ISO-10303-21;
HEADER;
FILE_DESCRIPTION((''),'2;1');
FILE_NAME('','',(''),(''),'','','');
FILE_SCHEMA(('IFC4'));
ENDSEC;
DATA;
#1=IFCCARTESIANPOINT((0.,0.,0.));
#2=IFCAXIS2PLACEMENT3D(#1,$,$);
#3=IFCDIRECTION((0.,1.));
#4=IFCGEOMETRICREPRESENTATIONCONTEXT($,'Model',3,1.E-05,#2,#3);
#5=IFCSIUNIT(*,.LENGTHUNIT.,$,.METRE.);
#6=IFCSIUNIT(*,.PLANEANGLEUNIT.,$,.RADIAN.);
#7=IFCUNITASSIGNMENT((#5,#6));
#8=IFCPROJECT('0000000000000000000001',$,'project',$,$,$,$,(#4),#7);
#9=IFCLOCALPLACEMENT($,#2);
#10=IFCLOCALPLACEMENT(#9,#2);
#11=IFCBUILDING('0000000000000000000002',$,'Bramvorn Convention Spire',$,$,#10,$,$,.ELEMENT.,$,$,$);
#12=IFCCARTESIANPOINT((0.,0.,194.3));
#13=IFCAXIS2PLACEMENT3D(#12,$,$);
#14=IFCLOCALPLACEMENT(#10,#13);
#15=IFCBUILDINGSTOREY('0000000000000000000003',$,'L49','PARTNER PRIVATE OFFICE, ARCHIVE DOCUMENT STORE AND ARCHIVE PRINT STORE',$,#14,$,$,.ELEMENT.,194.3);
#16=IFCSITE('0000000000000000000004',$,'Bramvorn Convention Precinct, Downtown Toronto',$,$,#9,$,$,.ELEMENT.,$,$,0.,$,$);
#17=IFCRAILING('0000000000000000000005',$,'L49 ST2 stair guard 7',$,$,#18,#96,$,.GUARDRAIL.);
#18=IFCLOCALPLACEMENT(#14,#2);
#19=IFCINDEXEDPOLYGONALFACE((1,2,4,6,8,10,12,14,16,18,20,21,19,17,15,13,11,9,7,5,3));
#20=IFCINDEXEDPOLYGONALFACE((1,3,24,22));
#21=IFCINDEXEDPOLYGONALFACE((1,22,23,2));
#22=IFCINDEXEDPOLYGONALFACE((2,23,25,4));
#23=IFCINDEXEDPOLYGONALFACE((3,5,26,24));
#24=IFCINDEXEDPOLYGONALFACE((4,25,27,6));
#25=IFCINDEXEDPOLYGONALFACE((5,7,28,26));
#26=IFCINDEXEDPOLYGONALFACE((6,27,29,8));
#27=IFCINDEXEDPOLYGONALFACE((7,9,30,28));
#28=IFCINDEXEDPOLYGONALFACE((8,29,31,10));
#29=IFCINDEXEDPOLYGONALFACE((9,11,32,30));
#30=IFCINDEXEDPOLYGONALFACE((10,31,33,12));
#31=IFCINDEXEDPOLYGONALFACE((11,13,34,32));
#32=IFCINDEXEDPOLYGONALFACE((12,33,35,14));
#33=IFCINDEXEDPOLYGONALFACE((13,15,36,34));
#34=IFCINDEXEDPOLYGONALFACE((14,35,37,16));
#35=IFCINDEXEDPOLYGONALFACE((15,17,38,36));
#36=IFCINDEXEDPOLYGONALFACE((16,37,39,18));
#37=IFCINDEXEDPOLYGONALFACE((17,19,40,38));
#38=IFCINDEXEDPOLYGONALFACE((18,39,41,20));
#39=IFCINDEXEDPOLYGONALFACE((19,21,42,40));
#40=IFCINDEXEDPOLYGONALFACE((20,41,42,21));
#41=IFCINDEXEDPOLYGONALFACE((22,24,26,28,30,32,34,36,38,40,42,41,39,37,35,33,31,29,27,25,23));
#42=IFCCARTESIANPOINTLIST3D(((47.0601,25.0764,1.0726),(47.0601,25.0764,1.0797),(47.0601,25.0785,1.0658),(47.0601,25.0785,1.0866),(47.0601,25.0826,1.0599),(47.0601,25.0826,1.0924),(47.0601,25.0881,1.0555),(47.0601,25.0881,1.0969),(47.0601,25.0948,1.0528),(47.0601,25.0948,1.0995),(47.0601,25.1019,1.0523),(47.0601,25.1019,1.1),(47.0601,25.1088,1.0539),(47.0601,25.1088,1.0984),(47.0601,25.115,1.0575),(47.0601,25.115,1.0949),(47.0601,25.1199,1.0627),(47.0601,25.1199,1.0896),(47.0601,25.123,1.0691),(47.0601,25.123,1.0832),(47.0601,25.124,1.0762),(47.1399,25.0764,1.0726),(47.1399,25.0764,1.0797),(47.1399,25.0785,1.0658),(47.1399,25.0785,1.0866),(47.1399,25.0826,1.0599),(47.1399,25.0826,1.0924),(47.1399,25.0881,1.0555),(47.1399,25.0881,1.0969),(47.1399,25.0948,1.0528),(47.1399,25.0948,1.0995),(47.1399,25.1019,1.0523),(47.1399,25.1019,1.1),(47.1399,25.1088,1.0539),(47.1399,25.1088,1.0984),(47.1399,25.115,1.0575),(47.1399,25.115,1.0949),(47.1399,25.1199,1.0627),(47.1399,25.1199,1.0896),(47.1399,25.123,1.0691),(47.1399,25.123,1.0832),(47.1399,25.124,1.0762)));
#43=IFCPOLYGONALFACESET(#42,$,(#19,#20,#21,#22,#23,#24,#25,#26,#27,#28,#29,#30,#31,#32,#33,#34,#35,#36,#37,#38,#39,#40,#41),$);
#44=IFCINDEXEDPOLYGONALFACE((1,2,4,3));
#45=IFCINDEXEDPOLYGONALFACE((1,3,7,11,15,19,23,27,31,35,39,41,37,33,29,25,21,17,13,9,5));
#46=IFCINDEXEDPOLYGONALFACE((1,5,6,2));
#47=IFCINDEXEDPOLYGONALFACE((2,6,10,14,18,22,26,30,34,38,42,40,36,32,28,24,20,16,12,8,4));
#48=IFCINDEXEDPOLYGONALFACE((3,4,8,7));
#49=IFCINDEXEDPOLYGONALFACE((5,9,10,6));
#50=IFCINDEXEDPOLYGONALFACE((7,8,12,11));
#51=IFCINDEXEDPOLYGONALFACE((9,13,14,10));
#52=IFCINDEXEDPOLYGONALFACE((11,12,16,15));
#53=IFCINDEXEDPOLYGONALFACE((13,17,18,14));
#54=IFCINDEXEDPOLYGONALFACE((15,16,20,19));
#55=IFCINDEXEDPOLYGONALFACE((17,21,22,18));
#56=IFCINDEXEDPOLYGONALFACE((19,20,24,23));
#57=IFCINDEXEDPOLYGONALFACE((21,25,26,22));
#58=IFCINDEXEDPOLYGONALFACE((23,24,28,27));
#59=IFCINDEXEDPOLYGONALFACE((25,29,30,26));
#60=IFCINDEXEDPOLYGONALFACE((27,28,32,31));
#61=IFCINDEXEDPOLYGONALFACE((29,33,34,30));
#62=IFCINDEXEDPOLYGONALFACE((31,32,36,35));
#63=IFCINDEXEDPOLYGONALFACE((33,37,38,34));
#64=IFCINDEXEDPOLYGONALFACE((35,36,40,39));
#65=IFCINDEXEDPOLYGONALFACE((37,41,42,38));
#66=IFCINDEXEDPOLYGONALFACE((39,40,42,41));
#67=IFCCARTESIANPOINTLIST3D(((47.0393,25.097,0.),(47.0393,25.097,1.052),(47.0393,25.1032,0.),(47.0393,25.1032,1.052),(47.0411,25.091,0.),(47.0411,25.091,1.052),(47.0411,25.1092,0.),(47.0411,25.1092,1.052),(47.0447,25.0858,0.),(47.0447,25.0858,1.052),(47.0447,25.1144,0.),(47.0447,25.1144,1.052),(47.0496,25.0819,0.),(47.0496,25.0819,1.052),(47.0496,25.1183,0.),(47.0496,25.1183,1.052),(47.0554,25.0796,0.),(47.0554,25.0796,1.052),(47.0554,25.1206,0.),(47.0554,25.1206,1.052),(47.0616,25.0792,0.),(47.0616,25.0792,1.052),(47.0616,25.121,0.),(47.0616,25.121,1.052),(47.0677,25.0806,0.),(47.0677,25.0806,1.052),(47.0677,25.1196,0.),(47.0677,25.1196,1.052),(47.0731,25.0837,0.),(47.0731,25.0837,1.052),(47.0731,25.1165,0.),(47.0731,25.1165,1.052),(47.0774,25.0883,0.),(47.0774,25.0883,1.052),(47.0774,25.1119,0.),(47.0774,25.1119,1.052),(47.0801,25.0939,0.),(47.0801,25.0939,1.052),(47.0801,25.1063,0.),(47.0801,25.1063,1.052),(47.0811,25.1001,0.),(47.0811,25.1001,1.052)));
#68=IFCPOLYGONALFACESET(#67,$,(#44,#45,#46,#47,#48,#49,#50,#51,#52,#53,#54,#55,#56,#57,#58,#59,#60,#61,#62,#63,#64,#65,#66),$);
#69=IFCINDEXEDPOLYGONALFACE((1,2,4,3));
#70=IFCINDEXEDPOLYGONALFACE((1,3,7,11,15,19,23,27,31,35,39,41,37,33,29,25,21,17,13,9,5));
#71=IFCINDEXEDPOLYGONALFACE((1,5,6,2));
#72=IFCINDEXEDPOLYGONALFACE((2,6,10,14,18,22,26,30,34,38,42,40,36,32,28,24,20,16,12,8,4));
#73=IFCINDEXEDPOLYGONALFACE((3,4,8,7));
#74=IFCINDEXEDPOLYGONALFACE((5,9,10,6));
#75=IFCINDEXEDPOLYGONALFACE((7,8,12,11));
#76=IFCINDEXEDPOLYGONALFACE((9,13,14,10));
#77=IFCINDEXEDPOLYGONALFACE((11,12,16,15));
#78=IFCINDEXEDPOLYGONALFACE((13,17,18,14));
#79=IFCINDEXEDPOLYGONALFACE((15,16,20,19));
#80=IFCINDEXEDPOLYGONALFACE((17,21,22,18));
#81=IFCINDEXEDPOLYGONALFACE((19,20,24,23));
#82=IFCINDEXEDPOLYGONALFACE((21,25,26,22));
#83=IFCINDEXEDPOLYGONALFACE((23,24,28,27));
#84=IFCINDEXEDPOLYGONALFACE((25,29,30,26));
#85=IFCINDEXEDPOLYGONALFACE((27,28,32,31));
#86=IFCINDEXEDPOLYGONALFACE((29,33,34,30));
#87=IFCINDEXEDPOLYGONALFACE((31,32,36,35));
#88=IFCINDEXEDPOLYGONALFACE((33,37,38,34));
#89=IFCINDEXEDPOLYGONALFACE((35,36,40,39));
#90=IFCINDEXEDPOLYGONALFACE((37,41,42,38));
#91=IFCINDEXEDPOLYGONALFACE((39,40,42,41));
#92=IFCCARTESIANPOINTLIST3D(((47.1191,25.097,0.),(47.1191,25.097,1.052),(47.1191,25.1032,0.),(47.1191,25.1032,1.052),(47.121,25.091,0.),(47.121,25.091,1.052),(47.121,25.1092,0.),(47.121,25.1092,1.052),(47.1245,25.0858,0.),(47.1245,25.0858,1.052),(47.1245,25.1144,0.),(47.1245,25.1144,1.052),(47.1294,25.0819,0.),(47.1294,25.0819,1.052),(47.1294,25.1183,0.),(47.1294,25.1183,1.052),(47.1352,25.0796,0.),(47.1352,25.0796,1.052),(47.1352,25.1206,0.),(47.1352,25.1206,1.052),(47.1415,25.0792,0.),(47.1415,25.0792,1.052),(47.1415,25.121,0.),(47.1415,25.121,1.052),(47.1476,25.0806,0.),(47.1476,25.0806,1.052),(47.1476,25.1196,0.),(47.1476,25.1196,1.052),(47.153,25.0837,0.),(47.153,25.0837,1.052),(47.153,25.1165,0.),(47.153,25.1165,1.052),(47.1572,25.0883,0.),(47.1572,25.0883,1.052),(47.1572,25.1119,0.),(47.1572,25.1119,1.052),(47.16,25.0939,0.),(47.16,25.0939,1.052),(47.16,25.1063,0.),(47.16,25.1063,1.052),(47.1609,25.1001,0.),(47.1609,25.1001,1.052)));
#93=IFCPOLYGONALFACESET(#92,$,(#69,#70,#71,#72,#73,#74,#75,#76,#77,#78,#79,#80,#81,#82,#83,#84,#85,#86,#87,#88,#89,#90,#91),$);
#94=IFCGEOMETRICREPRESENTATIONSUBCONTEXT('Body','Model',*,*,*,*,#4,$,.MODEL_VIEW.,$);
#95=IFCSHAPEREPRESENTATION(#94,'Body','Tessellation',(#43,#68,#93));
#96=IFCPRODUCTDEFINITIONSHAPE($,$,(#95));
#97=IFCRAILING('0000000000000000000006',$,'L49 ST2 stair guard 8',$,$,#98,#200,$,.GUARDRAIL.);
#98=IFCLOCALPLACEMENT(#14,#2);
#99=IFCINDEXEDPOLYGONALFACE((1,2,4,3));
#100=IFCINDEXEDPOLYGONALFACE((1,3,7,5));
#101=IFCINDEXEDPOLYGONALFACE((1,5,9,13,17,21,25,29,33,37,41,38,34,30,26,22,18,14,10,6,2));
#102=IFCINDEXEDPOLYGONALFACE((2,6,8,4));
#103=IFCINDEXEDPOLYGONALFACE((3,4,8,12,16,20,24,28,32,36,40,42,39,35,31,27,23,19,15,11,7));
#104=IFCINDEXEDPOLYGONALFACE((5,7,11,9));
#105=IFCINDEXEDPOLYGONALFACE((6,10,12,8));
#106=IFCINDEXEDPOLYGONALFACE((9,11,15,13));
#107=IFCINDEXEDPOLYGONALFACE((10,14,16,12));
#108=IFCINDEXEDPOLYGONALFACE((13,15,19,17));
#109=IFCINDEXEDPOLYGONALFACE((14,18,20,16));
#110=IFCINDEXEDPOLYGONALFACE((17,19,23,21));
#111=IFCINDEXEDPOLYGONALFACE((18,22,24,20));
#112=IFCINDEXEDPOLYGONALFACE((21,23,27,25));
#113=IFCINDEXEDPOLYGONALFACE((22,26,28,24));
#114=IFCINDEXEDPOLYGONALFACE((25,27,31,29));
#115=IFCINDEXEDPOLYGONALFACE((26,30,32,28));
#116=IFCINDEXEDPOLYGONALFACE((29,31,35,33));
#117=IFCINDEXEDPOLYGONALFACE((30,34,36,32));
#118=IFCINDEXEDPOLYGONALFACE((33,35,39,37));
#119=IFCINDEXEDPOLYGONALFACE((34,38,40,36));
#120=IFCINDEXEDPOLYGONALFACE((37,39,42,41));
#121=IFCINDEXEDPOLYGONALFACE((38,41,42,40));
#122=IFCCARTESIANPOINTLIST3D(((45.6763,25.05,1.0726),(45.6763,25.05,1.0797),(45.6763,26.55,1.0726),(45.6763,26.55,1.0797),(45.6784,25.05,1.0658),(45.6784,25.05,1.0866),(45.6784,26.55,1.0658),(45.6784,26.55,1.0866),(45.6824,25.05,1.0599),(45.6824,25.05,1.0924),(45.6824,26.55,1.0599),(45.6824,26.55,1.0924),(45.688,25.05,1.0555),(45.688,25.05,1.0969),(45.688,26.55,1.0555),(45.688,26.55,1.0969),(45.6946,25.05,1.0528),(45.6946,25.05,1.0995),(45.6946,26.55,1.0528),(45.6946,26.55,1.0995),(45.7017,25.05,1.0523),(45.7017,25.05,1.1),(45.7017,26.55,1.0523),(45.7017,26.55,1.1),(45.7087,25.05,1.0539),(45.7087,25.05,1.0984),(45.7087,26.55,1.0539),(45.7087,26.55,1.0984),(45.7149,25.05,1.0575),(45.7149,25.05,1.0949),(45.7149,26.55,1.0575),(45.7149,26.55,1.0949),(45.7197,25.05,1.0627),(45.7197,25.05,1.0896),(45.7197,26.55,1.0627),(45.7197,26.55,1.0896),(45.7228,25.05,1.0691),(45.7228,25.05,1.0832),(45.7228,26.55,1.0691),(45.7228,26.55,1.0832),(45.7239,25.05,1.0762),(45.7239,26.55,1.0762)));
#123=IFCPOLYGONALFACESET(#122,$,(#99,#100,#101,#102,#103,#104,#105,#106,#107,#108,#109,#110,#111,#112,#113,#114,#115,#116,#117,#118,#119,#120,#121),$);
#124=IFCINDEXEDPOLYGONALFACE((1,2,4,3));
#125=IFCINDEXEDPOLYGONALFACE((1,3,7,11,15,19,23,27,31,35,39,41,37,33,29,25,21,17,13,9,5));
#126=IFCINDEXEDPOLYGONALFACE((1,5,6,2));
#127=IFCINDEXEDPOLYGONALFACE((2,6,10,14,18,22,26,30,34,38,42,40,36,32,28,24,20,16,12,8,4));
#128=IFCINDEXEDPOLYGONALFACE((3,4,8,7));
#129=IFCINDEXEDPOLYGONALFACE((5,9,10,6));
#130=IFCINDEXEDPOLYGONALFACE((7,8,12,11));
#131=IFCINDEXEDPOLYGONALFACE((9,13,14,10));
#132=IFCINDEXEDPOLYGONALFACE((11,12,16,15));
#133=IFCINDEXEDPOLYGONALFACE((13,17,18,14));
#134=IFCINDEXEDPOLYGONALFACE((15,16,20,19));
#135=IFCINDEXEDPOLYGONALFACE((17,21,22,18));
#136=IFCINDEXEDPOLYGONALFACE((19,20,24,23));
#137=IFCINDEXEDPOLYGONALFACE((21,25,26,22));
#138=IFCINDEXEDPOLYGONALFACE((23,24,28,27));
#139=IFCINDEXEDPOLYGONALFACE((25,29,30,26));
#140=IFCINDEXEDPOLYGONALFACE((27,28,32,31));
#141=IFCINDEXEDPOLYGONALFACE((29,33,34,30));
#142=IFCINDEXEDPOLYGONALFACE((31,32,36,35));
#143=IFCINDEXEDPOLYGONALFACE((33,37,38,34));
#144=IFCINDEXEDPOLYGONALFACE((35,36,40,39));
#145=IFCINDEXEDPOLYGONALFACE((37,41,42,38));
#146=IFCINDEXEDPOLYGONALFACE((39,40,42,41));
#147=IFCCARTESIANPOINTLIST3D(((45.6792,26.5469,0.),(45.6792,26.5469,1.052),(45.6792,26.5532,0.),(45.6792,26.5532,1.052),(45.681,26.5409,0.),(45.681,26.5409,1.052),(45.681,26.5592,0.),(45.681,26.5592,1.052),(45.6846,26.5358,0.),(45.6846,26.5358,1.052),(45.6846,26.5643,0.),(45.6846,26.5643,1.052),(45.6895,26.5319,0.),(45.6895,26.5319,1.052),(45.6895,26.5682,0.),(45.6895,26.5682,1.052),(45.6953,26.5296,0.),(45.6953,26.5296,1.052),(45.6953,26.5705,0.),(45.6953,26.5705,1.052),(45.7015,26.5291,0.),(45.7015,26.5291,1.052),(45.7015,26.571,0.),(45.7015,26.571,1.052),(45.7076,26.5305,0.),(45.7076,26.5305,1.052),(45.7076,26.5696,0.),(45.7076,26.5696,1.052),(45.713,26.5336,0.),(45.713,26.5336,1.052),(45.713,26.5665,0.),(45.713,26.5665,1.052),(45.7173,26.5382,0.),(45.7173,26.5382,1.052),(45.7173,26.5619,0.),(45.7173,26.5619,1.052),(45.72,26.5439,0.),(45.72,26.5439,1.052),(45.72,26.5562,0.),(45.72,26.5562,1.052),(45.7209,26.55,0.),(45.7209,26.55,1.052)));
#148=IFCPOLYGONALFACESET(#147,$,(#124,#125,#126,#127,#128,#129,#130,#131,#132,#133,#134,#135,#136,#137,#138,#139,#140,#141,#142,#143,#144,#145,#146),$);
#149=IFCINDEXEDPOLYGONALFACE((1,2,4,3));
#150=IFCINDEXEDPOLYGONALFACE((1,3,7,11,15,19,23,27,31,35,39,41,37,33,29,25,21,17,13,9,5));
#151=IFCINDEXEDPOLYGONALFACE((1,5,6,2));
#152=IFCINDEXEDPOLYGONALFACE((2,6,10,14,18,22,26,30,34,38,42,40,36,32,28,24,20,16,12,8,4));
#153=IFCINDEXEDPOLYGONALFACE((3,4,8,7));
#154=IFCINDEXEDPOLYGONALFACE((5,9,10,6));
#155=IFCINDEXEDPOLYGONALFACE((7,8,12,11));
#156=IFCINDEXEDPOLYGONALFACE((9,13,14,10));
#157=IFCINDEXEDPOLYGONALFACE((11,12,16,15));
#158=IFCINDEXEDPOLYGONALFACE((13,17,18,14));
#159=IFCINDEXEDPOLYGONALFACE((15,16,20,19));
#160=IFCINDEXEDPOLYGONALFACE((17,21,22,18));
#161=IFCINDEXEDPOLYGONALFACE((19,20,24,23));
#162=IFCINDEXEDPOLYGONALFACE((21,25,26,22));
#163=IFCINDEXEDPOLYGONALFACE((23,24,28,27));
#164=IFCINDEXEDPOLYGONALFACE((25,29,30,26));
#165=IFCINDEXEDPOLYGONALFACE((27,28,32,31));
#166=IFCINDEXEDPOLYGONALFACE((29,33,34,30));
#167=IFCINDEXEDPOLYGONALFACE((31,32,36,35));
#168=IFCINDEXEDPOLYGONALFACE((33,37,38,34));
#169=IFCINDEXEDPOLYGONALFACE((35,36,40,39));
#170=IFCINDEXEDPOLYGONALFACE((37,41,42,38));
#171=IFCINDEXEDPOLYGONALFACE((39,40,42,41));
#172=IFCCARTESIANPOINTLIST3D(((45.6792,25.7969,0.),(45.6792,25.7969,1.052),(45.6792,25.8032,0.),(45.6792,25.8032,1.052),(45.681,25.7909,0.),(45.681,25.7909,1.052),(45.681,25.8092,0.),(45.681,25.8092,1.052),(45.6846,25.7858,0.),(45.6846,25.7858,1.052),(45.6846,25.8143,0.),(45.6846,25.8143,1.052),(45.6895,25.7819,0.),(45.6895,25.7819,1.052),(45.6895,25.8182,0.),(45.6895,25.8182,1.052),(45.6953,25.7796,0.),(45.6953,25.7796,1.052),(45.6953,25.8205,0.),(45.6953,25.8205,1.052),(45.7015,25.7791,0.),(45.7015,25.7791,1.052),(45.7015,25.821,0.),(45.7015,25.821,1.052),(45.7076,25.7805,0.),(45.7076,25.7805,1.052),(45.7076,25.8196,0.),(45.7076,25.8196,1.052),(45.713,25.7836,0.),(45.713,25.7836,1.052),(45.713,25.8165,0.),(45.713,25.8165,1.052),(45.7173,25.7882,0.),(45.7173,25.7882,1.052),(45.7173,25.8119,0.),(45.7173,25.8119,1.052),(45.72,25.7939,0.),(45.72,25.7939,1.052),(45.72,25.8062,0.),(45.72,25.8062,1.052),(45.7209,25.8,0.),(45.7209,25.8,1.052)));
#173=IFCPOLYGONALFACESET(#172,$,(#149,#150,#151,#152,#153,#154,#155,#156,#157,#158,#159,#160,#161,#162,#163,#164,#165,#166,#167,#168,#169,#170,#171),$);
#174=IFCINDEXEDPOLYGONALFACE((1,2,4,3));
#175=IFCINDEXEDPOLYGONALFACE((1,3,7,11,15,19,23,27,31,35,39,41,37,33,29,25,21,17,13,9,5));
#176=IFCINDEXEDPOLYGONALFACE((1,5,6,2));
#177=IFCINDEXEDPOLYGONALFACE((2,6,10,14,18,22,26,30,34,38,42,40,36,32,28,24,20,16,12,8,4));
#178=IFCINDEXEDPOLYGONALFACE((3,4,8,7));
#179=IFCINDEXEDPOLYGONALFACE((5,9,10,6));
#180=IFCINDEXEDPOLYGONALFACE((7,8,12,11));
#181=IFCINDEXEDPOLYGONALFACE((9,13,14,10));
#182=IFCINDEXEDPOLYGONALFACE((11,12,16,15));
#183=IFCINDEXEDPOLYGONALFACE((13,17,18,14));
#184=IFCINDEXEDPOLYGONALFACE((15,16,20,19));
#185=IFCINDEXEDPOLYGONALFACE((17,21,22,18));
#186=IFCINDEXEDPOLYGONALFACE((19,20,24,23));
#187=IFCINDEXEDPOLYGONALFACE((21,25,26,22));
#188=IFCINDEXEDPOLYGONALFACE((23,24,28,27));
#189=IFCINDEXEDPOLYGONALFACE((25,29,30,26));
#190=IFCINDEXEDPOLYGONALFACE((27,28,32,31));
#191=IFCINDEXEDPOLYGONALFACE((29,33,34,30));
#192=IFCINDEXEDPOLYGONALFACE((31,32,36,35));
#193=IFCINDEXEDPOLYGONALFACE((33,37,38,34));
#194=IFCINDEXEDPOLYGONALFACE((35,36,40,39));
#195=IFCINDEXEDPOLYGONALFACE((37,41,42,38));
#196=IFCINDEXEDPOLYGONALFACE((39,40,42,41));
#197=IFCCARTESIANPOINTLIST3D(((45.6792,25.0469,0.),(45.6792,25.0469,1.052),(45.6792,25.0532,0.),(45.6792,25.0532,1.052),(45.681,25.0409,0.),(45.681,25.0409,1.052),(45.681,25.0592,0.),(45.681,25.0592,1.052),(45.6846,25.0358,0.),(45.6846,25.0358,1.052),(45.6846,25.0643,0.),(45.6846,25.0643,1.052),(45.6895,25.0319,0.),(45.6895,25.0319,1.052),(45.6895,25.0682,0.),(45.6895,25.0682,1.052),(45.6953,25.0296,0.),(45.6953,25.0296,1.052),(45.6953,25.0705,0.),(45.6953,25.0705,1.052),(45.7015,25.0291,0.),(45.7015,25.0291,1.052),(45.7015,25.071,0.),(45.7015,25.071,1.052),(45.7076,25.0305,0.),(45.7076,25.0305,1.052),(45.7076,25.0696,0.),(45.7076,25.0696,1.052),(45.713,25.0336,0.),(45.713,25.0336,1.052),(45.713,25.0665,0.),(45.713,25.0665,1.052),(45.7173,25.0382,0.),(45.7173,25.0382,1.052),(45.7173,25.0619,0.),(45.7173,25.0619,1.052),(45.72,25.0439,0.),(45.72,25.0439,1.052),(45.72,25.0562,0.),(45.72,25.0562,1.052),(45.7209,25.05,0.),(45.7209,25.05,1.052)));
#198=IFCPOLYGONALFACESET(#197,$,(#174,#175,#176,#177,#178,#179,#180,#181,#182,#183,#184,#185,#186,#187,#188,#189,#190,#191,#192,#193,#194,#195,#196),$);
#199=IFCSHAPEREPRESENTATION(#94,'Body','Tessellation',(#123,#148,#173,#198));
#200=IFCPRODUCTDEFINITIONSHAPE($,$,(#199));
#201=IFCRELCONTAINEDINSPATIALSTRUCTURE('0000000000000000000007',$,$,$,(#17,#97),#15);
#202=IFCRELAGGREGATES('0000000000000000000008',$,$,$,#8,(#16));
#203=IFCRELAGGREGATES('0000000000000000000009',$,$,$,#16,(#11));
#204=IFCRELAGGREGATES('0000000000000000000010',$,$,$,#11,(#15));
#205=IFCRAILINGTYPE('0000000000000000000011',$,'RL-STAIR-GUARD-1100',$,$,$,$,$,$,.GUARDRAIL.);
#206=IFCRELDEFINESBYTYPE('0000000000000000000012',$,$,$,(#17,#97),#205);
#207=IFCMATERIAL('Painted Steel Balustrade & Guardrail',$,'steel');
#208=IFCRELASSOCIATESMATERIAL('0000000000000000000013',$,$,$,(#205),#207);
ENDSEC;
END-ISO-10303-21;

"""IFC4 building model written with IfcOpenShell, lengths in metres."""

from ifc_helpers import new_model, si_unit, direction, frame, origin, origin_2d, place, context, subcontext, project, spatial, circle, extrude, material, type_object, element, save


model = new_model("IFC4")

# Units and contexts
model_context = context("Model", 3, precision=1e-05, world=origin(), true_north=direction((0.0, 1.0)))
body_context = subcontext(model_context, "Body", "Model", "MODEL_VIEW")
ifc_project = project(units=[si_unit("LENGTHUNIT", "METRE"), si_unit("PLANEANGLEUNIT", "RADIAN")], contexts=[model_context])

# Site, building, storey
site_placement = place(None, origin())
site = spatial("IfcSite", under=ifc_project, at=site_placement, Name="Bramvorn Convention Precinct, Downtown Toronto", CompositionType="ELEMENT", RefElevation=0.0)
building_placement = place(site_placement, origin())
building = spatial("IfcBuilding", under=site, at=building_placement, Name="Bramvorn Convention Spire", CompositionType="ELEMENT")
storey_placement = place(building_placement, frame((0.0, 0.0, 194.3)))
storey = spatial("IfcBuildingStorey", under=building, at=storey_placement, Name="L49", Description="PARTNER PRIVATE OFFICE, ARCHIVE DOCUMENT STORE AND ARCHIVE PRINT STORE", CompositionType="ELEMENT", Elevation=194.3)

# Railings
ifc_material_1 = material(Name="Painted Steel Balustrade & Guardrail", Category="steel")
railing_type_1 = type_object("IfcRailingType", Name="RL-STAIR-GUARD-1100", PredefinedType="GUARDRAIL", material=ifc_material_1)
railing_1_placement = place(storey_placement, frame((47.0601, 25.1001, 0.0)))
element("IfcRailing", 1, at=railing_1_placement, inside=storey, type_object=railing_type_1, Name="L49 ST2 stair guard 7", PredefinedType="GUARDRAIL", context=body_context, shape_type="SweptSolid", body=[
    extrude(circle(Radius=0.0239, at=origin_2d()), frame((0.0, 0.0, 1.0762), z_axis=(1.0, 0.0, 0.0), x_axis=(0.0, 1.0, 0.0)), (0.0, 0.0, 1.0), 0.0798),
    extrude(circle(Radius=0.021, at=origin_2d()), origin(), (0.0, 0.0, 1.0), 1.052),
    extrude(circle(Radius=0.021, at=origin_2d()), frame((0.0798, 0.0, 0.0)), (0.0, 0.0, 1.0), 1.052),
])
for number, where, name in (
    (2, (45.7, 26.55, 0.0), "L49 ST2 stair guard 8"),
):
    element("IfcRailing", number, at=place(storey_placement, frame(where)), inside=storey, type_object=railing_type_1, Name=name, PredefinedType="GUARDRAIL", context=body_context, shape_type="SweptSolid", body=[
        extrude(circle(Radius=0.0239, at=origin_2d()), frame((0.0, 0.0, 1.0762), z_axis=(0.0, -1.0, 0.0), x_axis=(1.0, 0.0, 0.0)), (0.0, 0.0, 1.0), 1.5),
        extrude(circle(Radius=0.021, at=origin_2d()), origin(), (0.0, 0.0, 1.0), 1.052),
        extrude(circle(Radius=0.021, at=origin_2d()), frame((0.0, -0.75, 0.0)), (0.0, 0.0, 1.0), 1.052),
        extrude(circle(Radius=0.021, at=origin_2d()), frame((0.0, -1.5, 0.0)), (0.0, 0.0, 1.0), 1.052),
    ])

save(model, "model.ifc")
